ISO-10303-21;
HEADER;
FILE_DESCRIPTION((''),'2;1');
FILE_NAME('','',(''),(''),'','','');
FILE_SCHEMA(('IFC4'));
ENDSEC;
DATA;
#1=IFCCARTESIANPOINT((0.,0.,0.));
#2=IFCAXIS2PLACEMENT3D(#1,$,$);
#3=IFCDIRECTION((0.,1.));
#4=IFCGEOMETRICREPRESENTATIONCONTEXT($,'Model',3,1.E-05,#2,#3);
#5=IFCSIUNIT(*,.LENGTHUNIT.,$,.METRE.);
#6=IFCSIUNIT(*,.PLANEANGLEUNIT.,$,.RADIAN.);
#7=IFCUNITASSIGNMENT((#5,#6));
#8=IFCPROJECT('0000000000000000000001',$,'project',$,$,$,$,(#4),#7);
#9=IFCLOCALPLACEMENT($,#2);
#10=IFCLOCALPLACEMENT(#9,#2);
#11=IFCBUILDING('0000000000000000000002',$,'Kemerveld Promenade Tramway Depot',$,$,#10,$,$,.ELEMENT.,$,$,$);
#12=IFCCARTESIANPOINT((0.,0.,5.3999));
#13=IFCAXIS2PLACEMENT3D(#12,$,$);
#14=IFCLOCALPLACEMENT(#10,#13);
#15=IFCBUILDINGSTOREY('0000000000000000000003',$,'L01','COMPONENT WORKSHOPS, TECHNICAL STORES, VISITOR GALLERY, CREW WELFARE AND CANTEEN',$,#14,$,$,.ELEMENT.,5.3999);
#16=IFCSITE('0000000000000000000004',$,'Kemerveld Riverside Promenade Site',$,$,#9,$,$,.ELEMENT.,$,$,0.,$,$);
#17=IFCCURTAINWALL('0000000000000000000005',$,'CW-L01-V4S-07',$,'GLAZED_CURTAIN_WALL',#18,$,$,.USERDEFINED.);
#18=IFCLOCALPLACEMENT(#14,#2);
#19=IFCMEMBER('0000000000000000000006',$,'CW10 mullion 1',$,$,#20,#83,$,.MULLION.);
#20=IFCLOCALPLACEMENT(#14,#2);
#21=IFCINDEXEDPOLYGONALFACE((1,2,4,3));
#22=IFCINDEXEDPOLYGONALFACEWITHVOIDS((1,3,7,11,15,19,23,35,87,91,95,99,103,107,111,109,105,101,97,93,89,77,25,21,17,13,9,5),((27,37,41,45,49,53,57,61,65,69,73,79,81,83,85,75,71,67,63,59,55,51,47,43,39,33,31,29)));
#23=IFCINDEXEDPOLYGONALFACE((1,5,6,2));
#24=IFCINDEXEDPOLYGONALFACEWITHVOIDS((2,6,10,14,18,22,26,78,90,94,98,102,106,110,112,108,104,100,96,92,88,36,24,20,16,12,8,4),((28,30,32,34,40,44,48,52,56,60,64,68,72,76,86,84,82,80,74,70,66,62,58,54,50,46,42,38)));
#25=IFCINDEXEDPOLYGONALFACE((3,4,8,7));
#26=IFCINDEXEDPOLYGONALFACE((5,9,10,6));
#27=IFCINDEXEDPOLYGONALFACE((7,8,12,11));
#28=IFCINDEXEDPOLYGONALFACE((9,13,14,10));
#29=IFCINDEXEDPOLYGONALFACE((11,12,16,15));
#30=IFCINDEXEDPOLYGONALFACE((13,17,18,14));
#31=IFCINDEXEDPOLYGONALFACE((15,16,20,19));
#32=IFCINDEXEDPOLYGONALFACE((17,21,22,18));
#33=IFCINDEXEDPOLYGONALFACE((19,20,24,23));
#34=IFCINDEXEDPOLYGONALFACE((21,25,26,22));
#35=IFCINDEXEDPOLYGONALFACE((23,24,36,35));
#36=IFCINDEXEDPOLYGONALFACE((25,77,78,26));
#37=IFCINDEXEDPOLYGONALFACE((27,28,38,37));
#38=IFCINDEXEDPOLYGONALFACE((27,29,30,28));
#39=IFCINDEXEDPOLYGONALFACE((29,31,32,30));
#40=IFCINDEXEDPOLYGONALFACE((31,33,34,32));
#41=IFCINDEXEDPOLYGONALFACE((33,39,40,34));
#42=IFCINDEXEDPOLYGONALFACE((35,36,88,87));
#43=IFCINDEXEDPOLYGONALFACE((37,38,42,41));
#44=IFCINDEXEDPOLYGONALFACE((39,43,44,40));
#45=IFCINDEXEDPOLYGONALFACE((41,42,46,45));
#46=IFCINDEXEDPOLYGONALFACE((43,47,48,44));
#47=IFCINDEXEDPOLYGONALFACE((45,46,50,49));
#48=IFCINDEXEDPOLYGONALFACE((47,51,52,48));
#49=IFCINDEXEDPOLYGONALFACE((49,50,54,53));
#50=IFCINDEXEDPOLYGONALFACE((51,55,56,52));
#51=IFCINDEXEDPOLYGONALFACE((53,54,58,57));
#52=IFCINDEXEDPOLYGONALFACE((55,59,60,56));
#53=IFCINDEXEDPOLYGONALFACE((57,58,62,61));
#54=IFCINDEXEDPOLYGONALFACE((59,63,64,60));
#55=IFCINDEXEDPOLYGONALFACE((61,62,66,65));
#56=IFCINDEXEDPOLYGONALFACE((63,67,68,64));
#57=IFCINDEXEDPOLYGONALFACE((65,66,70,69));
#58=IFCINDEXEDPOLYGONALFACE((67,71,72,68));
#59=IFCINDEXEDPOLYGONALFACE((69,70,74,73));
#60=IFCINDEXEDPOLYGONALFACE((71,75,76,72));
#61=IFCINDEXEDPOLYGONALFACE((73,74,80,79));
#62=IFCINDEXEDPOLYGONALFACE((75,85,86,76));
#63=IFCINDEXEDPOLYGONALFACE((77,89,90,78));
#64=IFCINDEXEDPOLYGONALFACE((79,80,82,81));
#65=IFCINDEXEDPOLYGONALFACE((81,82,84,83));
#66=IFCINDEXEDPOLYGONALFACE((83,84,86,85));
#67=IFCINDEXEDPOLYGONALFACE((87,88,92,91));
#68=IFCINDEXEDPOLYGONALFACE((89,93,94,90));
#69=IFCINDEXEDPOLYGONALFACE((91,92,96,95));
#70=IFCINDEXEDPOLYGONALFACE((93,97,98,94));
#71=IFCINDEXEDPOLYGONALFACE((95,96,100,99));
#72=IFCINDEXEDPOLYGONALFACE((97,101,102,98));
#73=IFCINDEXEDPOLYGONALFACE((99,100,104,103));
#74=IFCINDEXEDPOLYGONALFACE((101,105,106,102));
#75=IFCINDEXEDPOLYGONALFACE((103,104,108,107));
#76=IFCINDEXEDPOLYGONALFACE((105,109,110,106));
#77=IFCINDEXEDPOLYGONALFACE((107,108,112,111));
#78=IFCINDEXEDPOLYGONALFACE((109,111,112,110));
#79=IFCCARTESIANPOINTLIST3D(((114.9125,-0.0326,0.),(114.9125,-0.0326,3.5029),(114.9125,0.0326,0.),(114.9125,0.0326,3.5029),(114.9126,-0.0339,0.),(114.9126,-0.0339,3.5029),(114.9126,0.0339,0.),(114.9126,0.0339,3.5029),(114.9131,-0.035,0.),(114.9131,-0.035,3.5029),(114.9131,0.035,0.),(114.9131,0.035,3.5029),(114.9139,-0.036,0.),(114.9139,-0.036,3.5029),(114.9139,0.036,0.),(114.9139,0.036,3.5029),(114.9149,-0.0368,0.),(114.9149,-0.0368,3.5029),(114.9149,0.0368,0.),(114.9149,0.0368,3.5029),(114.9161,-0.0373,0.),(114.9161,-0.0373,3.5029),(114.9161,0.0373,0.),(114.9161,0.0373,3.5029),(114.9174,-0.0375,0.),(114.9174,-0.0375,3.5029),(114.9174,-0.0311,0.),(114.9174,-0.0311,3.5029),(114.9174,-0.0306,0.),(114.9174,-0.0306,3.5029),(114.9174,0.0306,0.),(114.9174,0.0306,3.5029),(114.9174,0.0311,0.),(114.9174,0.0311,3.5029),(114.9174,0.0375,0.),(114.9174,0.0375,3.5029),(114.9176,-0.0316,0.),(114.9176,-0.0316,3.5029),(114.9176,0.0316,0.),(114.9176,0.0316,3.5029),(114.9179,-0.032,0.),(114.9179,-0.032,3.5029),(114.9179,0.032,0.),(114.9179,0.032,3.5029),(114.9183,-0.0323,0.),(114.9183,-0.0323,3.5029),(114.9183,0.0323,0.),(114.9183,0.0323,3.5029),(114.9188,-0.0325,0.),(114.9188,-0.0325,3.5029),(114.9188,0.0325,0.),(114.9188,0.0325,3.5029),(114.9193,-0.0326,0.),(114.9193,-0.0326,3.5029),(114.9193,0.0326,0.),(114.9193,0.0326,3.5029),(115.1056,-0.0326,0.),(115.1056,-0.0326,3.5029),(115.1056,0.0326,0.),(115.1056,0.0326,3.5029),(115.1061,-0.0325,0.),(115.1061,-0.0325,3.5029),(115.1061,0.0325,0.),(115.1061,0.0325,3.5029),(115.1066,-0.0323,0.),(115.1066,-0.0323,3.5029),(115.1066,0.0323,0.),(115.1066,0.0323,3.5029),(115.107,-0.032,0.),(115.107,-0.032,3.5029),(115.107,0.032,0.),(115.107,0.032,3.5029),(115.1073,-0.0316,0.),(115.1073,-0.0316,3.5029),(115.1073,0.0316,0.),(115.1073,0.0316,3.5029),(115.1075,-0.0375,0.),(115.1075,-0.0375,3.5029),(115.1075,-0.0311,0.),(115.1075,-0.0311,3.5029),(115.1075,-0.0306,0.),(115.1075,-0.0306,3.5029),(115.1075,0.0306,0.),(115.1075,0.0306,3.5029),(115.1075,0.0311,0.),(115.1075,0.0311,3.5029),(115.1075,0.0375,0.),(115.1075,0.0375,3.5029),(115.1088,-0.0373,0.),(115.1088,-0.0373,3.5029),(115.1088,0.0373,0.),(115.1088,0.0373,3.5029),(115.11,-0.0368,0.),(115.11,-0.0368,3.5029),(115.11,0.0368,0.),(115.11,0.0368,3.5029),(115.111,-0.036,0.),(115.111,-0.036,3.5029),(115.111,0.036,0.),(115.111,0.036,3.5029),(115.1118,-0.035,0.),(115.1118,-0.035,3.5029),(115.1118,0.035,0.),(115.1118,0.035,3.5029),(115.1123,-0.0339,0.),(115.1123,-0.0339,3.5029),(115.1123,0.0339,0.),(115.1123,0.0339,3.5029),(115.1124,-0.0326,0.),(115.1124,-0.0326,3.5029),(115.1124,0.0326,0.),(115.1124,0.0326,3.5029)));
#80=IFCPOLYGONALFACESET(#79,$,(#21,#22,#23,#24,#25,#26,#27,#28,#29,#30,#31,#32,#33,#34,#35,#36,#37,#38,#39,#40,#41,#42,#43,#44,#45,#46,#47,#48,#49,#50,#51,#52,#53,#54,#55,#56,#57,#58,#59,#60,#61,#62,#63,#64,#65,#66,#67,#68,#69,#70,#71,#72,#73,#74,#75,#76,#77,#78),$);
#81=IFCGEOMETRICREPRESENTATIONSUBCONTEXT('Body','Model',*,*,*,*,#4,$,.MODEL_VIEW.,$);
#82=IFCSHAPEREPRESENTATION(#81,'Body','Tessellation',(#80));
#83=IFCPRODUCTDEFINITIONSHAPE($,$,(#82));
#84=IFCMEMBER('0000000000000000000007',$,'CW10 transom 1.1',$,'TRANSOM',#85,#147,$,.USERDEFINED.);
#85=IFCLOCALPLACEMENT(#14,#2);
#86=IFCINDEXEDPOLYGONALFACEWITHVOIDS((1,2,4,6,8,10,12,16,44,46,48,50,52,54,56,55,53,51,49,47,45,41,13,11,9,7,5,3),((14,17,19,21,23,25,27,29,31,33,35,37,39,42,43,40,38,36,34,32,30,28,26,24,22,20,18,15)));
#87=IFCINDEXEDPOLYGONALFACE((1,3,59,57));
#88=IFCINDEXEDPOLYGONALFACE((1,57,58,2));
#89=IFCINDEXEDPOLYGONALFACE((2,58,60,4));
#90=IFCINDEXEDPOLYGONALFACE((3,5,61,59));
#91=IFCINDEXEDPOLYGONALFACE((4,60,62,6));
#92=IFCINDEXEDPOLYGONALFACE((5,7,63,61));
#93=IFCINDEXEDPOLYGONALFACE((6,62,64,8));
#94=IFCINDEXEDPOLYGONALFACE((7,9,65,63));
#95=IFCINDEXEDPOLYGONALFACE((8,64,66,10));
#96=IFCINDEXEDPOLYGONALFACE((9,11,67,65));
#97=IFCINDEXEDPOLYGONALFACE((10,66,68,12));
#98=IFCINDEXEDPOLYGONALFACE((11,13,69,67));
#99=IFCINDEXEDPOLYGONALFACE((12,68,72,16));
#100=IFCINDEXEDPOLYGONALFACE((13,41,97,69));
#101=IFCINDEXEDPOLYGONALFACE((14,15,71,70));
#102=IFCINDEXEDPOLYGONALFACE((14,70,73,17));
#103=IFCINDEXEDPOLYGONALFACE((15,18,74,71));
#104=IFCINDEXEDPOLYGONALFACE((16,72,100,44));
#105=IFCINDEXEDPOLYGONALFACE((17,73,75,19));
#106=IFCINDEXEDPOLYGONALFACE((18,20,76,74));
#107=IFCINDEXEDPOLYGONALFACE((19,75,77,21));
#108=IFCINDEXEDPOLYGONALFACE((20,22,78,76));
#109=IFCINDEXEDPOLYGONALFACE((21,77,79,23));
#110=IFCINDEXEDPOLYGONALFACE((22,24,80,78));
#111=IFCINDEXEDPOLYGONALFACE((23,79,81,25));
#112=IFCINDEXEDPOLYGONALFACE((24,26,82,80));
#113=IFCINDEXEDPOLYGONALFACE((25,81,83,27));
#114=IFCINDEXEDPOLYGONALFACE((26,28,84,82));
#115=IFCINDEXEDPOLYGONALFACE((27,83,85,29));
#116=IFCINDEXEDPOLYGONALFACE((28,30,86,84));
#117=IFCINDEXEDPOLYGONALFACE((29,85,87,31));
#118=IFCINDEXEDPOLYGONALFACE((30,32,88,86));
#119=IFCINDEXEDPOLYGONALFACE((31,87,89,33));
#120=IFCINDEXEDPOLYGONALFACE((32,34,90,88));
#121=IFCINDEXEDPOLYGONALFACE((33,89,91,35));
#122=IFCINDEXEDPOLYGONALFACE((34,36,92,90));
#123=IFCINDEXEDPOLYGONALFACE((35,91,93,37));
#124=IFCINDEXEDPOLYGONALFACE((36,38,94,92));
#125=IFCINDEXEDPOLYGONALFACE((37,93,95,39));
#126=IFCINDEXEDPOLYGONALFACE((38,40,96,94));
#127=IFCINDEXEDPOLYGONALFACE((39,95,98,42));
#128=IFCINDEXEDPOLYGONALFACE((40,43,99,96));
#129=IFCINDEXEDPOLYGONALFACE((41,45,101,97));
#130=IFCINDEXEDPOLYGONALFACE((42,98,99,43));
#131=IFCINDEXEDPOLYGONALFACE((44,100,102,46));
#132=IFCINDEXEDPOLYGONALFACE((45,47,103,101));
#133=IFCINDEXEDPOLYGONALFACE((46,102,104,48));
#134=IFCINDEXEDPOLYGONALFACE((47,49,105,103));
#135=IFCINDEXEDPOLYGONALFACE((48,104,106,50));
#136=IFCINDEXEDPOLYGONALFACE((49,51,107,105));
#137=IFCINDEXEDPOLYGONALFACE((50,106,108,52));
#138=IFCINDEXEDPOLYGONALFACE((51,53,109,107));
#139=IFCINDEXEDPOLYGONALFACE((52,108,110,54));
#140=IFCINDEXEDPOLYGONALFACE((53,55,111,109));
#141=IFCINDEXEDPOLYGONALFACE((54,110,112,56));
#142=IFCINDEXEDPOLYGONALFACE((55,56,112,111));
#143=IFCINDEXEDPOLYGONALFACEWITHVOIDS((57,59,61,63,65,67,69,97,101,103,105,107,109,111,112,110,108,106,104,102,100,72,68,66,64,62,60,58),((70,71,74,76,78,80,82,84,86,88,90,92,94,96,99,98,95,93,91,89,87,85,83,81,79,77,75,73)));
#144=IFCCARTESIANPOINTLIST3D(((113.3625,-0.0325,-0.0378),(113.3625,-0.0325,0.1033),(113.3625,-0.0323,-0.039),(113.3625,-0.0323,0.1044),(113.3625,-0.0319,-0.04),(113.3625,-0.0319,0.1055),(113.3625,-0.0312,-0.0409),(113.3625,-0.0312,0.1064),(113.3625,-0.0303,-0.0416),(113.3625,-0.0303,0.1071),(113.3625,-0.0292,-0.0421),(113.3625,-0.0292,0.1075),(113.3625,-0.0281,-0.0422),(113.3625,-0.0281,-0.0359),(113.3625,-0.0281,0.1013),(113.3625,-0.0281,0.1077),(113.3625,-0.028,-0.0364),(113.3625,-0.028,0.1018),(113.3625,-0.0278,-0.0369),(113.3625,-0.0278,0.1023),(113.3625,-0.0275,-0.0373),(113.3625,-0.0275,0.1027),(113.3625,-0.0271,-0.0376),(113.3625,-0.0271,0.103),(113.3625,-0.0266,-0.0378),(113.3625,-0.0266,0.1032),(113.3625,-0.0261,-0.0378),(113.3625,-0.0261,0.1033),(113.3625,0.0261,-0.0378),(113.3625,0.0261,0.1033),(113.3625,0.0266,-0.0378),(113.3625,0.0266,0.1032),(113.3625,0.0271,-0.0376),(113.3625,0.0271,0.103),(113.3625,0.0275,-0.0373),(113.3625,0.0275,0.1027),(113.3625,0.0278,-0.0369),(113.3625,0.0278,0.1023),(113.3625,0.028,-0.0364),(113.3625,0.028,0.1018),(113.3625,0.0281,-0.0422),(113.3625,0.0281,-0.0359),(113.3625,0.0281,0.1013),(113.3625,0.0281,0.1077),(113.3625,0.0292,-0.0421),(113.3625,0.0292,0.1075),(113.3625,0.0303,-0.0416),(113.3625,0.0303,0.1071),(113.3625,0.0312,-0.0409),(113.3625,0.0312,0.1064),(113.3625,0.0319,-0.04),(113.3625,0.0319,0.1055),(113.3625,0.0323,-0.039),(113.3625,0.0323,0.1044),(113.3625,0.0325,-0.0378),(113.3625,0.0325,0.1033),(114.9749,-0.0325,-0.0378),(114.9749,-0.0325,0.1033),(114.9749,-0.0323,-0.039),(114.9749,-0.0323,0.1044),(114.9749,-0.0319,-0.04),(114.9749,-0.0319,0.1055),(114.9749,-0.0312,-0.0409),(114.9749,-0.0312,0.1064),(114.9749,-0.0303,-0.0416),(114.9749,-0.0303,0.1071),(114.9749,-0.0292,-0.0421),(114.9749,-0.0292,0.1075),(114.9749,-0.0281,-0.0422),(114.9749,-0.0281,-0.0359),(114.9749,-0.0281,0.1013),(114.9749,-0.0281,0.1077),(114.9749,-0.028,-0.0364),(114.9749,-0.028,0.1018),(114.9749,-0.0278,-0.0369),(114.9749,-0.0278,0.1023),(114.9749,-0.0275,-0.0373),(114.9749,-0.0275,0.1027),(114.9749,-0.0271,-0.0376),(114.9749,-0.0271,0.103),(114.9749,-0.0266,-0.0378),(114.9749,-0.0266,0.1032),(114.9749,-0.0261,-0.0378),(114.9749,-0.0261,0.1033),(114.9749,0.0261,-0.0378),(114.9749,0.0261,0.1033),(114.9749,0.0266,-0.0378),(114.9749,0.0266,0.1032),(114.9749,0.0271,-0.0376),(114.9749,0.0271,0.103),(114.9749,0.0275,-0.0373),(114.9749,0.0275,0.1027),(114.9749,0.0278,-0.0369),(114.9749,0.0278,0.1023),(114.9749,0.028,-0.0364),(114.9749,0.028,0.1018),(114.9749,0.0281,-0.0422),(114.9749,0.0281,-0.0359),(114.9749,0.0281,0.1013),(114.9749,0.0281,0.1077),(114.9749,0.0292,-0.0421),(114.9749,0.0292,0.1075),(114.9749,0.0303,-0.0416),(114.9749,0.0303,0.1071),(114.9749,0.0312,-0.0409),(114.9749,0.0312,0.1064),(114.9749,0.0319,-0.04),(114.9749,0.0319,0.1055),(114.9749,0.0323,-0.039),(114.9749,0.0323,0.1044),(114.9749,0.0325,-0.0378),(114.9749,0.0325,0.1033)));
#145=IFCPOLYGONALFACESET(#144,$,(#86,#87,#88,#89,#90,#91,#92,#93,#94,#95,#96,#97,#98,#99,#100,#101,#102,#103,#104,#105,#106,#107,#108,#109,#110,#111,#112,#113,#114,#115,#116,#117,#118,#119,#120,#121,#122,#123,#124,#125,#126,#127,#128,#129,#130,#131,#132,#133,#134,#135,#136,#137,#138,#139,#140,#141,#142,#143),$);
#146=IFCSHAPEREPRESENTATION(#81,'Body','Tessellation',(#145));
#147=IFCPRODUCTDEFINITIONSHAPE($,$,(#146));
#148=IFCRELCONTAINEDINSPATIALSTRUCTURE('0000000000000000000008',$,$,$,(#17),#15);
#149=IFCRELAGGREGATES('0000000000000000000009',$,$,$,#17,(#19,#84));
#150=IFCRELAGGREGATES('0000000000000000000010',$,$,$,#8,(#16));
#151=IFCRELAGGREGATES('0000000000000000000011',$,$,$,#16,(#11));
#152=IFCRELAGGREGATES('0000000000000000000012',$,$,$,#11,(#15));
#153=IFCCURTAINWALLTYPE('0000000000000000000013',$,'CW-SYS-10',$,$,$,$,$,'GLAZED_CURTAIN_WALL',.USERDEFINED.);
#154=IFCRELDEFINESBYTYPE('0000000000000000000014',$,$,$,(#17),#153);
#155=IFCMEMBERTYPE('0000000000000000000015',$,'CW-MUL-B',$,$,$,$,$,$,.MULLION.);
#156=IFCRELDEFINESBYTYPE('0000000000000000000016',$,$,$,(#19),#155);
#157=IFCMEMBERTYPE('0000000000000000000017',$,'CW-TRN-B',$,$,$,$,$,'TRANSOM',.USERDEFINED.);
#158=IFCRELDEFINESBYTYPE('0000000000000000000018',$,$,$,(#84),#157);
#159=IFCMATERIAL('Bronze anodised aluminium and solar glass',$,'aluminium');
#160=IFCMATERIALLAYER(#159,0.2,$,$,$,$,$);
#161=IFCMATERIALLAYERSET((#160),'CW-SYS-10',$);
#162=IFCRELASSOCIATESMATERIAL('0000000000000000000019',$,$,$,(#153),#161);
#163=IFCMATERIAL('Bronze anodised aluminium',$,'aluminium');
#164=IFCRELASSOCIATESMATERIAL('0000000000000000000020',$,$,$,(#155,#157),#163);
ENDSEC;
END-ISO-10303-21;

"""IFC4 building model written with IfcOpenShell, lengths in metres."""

from ifc_helpers import new_model, si_unit, direction, frame, origin, origin_2d, place, context, subcontext, project, spatial, hollow_rectangle, extrude, material, layer, layer_set, material_profile, profile_set, type_object, element, aggregate, save


model = new_model("IFC4")

# Units and contexts
model_context = context("Model", 3, precision=1e-05, world=origin(), true_north=direction((0.0, 1.0)))
body_context = subcontext(model_context, "Body", "Model", "MODEL_VIEW")
ifc_project = project(units=[si_unit("LENGTHUNIT", "METRE"), si_unit("PLANEANGLEUNIT", "RADIAN")], contexts=[model_context])

# Site, building, storey
site_placement = place(None, origin())
site = spatial("IfcSite", under=ifc_project, at=site_placement, Name="Kemerveld Riverside Promenade Site", CompositionType="ELEMENT", RefElevation=0.0)
building_placement = place(site_placement, origin())
building = spatial("IfcBuilding", under=site, at=building_placement, Name="Kemerveld Promenade Tramway Depot", CompositionType="ELEMENT")
storey_placement = place(building_placement, frame((0.0, 0.0, 5.3999)))
storey = spatial("IfcBuildingStorey", under=building, at=storey_placement, Name="L01", Description="COMPONENT WORKSHOPS, TECHNICAL STORES, VISITOR GALLERY, CREW WELFARE AND CANTEEN", CompositionType="ELEMENT", Elevation=5.3999)

# Curtain wall, members
ifc_material_1 = material(Name="Bronze anodised aluminium and solar glass", Category="aluminium")
ifc_layer_1 = layer(ifc_material_1, 0.2)
ifc_layer_set_1 = layer_set([ifc_layer_1], Name="CW-SYS-10")
curtain_wall_type = type_object("IfcCurtainWallType", Name="CW-SYS-10", ElementType="GLAZED_CURTAIN_WALL", PredefinedType="USERDEFINED", material=ifc_layer_set_1)
curtain_wall_placement = place(storey_placement, origin())
curtain_wall = element("IfcCurtainWall", 1, at=curtain_wall_placement, inside=storey, type_object=curtain_wall_type, Name="CW-L01-V4S-07", ObjectType="GLAZED_CURTAIN_WALL", PredefinedType="USERDEFINED")
ifc_material_2 = material(Name="Bronze anodised aluminium", Category="aluminium")
ifc_material_profile_1 = material_profile(ifc_material_2, hollow_rectangle(XDim=0.075, YDim=0.2, WallThickness=0.0049, InnerFilletRadius=0.002, OuterFilletRadius=0.0049, at=origin_2d()), Name="CW-MUL-200x75")
ifc_profile_set_1 = profile_set([ifc_material_profile_1], Name="Bronze anodised aluminium")
member_type_1 = type_object("IfcMemberType", Name="CW-MUL-B", PredefinedType="MULLION", material=ifc_profile_set_1)
member_1_placement = place(storey_placement, frame((115.0125, 0.0, 0.0), z_axis=(0.0, 0.0, 1.0), x_axis=(0.0, -1.0, 0.0)))
member_1 = element("IfcMember", 2, at=member_1_placement, type_object=member_type_1, Name="CW10 mullion 1", PredefinedType="MULLION", context=body_context, shape_type="SweptSolid", body=[
    extrude(hollow_rectangle(XDim=0.075, YDim=0.2, WallThickness=0.0049, InnerFilletRadius=0.002, OuterFilletRadius=0.0049, at=origin_2d()), origin(), (0.0, 0.0, 1.0), 3.5029),
])
ifc_material_profile_2 = material_profile(ifc_material_2, hollow_rectangle(XDim=0.0649, YDim=0.1499, WallThickness=0.0044, InnerFilletRadius=0.002, OuterFilletRadius=0.0044, at=origin_2d()), Name="CW-TRN-150x65")
ifc_profile_set_2 = profile_set([ifc_material_profile_2], Name="Bronze anodised aluminium")
member_type_2 = type_object("IfcMemberType", Name="CW-TRN-B", ElementType="TRANSOM", PredefinedType="USERDEFINED", material=ifc_profile_set_2)
member_2_placement = place(storey_placement, frame((114.9749, 0.0, 0.0327), z_axis=(-1.0, 0.0, 0.0), x_axis=(0.0, -1.0, 0.0)))
member_2 = element("IfcMember", 3, at=member_2_placement, type_object=member_type_2, Name="CW10 transom 1.1", ObjectType="TRANSOM", PredefinedType="USERDEFINED", context=body_context, shape_type="SweptSolid", body=[
    extrude(hollow_rectangle(XDim=0.0649, YDim=0.1499, WallThickness=0.0044, InnerFilletRadius=0.002, OuterFilletRadius=0.0044, at=origin_2d()), origin(), (0.0, 0.0, 1.0), 1.6123),
])
aggregate(curtain_wall, [member_1, member_2])

save(model, "model.ifc")
